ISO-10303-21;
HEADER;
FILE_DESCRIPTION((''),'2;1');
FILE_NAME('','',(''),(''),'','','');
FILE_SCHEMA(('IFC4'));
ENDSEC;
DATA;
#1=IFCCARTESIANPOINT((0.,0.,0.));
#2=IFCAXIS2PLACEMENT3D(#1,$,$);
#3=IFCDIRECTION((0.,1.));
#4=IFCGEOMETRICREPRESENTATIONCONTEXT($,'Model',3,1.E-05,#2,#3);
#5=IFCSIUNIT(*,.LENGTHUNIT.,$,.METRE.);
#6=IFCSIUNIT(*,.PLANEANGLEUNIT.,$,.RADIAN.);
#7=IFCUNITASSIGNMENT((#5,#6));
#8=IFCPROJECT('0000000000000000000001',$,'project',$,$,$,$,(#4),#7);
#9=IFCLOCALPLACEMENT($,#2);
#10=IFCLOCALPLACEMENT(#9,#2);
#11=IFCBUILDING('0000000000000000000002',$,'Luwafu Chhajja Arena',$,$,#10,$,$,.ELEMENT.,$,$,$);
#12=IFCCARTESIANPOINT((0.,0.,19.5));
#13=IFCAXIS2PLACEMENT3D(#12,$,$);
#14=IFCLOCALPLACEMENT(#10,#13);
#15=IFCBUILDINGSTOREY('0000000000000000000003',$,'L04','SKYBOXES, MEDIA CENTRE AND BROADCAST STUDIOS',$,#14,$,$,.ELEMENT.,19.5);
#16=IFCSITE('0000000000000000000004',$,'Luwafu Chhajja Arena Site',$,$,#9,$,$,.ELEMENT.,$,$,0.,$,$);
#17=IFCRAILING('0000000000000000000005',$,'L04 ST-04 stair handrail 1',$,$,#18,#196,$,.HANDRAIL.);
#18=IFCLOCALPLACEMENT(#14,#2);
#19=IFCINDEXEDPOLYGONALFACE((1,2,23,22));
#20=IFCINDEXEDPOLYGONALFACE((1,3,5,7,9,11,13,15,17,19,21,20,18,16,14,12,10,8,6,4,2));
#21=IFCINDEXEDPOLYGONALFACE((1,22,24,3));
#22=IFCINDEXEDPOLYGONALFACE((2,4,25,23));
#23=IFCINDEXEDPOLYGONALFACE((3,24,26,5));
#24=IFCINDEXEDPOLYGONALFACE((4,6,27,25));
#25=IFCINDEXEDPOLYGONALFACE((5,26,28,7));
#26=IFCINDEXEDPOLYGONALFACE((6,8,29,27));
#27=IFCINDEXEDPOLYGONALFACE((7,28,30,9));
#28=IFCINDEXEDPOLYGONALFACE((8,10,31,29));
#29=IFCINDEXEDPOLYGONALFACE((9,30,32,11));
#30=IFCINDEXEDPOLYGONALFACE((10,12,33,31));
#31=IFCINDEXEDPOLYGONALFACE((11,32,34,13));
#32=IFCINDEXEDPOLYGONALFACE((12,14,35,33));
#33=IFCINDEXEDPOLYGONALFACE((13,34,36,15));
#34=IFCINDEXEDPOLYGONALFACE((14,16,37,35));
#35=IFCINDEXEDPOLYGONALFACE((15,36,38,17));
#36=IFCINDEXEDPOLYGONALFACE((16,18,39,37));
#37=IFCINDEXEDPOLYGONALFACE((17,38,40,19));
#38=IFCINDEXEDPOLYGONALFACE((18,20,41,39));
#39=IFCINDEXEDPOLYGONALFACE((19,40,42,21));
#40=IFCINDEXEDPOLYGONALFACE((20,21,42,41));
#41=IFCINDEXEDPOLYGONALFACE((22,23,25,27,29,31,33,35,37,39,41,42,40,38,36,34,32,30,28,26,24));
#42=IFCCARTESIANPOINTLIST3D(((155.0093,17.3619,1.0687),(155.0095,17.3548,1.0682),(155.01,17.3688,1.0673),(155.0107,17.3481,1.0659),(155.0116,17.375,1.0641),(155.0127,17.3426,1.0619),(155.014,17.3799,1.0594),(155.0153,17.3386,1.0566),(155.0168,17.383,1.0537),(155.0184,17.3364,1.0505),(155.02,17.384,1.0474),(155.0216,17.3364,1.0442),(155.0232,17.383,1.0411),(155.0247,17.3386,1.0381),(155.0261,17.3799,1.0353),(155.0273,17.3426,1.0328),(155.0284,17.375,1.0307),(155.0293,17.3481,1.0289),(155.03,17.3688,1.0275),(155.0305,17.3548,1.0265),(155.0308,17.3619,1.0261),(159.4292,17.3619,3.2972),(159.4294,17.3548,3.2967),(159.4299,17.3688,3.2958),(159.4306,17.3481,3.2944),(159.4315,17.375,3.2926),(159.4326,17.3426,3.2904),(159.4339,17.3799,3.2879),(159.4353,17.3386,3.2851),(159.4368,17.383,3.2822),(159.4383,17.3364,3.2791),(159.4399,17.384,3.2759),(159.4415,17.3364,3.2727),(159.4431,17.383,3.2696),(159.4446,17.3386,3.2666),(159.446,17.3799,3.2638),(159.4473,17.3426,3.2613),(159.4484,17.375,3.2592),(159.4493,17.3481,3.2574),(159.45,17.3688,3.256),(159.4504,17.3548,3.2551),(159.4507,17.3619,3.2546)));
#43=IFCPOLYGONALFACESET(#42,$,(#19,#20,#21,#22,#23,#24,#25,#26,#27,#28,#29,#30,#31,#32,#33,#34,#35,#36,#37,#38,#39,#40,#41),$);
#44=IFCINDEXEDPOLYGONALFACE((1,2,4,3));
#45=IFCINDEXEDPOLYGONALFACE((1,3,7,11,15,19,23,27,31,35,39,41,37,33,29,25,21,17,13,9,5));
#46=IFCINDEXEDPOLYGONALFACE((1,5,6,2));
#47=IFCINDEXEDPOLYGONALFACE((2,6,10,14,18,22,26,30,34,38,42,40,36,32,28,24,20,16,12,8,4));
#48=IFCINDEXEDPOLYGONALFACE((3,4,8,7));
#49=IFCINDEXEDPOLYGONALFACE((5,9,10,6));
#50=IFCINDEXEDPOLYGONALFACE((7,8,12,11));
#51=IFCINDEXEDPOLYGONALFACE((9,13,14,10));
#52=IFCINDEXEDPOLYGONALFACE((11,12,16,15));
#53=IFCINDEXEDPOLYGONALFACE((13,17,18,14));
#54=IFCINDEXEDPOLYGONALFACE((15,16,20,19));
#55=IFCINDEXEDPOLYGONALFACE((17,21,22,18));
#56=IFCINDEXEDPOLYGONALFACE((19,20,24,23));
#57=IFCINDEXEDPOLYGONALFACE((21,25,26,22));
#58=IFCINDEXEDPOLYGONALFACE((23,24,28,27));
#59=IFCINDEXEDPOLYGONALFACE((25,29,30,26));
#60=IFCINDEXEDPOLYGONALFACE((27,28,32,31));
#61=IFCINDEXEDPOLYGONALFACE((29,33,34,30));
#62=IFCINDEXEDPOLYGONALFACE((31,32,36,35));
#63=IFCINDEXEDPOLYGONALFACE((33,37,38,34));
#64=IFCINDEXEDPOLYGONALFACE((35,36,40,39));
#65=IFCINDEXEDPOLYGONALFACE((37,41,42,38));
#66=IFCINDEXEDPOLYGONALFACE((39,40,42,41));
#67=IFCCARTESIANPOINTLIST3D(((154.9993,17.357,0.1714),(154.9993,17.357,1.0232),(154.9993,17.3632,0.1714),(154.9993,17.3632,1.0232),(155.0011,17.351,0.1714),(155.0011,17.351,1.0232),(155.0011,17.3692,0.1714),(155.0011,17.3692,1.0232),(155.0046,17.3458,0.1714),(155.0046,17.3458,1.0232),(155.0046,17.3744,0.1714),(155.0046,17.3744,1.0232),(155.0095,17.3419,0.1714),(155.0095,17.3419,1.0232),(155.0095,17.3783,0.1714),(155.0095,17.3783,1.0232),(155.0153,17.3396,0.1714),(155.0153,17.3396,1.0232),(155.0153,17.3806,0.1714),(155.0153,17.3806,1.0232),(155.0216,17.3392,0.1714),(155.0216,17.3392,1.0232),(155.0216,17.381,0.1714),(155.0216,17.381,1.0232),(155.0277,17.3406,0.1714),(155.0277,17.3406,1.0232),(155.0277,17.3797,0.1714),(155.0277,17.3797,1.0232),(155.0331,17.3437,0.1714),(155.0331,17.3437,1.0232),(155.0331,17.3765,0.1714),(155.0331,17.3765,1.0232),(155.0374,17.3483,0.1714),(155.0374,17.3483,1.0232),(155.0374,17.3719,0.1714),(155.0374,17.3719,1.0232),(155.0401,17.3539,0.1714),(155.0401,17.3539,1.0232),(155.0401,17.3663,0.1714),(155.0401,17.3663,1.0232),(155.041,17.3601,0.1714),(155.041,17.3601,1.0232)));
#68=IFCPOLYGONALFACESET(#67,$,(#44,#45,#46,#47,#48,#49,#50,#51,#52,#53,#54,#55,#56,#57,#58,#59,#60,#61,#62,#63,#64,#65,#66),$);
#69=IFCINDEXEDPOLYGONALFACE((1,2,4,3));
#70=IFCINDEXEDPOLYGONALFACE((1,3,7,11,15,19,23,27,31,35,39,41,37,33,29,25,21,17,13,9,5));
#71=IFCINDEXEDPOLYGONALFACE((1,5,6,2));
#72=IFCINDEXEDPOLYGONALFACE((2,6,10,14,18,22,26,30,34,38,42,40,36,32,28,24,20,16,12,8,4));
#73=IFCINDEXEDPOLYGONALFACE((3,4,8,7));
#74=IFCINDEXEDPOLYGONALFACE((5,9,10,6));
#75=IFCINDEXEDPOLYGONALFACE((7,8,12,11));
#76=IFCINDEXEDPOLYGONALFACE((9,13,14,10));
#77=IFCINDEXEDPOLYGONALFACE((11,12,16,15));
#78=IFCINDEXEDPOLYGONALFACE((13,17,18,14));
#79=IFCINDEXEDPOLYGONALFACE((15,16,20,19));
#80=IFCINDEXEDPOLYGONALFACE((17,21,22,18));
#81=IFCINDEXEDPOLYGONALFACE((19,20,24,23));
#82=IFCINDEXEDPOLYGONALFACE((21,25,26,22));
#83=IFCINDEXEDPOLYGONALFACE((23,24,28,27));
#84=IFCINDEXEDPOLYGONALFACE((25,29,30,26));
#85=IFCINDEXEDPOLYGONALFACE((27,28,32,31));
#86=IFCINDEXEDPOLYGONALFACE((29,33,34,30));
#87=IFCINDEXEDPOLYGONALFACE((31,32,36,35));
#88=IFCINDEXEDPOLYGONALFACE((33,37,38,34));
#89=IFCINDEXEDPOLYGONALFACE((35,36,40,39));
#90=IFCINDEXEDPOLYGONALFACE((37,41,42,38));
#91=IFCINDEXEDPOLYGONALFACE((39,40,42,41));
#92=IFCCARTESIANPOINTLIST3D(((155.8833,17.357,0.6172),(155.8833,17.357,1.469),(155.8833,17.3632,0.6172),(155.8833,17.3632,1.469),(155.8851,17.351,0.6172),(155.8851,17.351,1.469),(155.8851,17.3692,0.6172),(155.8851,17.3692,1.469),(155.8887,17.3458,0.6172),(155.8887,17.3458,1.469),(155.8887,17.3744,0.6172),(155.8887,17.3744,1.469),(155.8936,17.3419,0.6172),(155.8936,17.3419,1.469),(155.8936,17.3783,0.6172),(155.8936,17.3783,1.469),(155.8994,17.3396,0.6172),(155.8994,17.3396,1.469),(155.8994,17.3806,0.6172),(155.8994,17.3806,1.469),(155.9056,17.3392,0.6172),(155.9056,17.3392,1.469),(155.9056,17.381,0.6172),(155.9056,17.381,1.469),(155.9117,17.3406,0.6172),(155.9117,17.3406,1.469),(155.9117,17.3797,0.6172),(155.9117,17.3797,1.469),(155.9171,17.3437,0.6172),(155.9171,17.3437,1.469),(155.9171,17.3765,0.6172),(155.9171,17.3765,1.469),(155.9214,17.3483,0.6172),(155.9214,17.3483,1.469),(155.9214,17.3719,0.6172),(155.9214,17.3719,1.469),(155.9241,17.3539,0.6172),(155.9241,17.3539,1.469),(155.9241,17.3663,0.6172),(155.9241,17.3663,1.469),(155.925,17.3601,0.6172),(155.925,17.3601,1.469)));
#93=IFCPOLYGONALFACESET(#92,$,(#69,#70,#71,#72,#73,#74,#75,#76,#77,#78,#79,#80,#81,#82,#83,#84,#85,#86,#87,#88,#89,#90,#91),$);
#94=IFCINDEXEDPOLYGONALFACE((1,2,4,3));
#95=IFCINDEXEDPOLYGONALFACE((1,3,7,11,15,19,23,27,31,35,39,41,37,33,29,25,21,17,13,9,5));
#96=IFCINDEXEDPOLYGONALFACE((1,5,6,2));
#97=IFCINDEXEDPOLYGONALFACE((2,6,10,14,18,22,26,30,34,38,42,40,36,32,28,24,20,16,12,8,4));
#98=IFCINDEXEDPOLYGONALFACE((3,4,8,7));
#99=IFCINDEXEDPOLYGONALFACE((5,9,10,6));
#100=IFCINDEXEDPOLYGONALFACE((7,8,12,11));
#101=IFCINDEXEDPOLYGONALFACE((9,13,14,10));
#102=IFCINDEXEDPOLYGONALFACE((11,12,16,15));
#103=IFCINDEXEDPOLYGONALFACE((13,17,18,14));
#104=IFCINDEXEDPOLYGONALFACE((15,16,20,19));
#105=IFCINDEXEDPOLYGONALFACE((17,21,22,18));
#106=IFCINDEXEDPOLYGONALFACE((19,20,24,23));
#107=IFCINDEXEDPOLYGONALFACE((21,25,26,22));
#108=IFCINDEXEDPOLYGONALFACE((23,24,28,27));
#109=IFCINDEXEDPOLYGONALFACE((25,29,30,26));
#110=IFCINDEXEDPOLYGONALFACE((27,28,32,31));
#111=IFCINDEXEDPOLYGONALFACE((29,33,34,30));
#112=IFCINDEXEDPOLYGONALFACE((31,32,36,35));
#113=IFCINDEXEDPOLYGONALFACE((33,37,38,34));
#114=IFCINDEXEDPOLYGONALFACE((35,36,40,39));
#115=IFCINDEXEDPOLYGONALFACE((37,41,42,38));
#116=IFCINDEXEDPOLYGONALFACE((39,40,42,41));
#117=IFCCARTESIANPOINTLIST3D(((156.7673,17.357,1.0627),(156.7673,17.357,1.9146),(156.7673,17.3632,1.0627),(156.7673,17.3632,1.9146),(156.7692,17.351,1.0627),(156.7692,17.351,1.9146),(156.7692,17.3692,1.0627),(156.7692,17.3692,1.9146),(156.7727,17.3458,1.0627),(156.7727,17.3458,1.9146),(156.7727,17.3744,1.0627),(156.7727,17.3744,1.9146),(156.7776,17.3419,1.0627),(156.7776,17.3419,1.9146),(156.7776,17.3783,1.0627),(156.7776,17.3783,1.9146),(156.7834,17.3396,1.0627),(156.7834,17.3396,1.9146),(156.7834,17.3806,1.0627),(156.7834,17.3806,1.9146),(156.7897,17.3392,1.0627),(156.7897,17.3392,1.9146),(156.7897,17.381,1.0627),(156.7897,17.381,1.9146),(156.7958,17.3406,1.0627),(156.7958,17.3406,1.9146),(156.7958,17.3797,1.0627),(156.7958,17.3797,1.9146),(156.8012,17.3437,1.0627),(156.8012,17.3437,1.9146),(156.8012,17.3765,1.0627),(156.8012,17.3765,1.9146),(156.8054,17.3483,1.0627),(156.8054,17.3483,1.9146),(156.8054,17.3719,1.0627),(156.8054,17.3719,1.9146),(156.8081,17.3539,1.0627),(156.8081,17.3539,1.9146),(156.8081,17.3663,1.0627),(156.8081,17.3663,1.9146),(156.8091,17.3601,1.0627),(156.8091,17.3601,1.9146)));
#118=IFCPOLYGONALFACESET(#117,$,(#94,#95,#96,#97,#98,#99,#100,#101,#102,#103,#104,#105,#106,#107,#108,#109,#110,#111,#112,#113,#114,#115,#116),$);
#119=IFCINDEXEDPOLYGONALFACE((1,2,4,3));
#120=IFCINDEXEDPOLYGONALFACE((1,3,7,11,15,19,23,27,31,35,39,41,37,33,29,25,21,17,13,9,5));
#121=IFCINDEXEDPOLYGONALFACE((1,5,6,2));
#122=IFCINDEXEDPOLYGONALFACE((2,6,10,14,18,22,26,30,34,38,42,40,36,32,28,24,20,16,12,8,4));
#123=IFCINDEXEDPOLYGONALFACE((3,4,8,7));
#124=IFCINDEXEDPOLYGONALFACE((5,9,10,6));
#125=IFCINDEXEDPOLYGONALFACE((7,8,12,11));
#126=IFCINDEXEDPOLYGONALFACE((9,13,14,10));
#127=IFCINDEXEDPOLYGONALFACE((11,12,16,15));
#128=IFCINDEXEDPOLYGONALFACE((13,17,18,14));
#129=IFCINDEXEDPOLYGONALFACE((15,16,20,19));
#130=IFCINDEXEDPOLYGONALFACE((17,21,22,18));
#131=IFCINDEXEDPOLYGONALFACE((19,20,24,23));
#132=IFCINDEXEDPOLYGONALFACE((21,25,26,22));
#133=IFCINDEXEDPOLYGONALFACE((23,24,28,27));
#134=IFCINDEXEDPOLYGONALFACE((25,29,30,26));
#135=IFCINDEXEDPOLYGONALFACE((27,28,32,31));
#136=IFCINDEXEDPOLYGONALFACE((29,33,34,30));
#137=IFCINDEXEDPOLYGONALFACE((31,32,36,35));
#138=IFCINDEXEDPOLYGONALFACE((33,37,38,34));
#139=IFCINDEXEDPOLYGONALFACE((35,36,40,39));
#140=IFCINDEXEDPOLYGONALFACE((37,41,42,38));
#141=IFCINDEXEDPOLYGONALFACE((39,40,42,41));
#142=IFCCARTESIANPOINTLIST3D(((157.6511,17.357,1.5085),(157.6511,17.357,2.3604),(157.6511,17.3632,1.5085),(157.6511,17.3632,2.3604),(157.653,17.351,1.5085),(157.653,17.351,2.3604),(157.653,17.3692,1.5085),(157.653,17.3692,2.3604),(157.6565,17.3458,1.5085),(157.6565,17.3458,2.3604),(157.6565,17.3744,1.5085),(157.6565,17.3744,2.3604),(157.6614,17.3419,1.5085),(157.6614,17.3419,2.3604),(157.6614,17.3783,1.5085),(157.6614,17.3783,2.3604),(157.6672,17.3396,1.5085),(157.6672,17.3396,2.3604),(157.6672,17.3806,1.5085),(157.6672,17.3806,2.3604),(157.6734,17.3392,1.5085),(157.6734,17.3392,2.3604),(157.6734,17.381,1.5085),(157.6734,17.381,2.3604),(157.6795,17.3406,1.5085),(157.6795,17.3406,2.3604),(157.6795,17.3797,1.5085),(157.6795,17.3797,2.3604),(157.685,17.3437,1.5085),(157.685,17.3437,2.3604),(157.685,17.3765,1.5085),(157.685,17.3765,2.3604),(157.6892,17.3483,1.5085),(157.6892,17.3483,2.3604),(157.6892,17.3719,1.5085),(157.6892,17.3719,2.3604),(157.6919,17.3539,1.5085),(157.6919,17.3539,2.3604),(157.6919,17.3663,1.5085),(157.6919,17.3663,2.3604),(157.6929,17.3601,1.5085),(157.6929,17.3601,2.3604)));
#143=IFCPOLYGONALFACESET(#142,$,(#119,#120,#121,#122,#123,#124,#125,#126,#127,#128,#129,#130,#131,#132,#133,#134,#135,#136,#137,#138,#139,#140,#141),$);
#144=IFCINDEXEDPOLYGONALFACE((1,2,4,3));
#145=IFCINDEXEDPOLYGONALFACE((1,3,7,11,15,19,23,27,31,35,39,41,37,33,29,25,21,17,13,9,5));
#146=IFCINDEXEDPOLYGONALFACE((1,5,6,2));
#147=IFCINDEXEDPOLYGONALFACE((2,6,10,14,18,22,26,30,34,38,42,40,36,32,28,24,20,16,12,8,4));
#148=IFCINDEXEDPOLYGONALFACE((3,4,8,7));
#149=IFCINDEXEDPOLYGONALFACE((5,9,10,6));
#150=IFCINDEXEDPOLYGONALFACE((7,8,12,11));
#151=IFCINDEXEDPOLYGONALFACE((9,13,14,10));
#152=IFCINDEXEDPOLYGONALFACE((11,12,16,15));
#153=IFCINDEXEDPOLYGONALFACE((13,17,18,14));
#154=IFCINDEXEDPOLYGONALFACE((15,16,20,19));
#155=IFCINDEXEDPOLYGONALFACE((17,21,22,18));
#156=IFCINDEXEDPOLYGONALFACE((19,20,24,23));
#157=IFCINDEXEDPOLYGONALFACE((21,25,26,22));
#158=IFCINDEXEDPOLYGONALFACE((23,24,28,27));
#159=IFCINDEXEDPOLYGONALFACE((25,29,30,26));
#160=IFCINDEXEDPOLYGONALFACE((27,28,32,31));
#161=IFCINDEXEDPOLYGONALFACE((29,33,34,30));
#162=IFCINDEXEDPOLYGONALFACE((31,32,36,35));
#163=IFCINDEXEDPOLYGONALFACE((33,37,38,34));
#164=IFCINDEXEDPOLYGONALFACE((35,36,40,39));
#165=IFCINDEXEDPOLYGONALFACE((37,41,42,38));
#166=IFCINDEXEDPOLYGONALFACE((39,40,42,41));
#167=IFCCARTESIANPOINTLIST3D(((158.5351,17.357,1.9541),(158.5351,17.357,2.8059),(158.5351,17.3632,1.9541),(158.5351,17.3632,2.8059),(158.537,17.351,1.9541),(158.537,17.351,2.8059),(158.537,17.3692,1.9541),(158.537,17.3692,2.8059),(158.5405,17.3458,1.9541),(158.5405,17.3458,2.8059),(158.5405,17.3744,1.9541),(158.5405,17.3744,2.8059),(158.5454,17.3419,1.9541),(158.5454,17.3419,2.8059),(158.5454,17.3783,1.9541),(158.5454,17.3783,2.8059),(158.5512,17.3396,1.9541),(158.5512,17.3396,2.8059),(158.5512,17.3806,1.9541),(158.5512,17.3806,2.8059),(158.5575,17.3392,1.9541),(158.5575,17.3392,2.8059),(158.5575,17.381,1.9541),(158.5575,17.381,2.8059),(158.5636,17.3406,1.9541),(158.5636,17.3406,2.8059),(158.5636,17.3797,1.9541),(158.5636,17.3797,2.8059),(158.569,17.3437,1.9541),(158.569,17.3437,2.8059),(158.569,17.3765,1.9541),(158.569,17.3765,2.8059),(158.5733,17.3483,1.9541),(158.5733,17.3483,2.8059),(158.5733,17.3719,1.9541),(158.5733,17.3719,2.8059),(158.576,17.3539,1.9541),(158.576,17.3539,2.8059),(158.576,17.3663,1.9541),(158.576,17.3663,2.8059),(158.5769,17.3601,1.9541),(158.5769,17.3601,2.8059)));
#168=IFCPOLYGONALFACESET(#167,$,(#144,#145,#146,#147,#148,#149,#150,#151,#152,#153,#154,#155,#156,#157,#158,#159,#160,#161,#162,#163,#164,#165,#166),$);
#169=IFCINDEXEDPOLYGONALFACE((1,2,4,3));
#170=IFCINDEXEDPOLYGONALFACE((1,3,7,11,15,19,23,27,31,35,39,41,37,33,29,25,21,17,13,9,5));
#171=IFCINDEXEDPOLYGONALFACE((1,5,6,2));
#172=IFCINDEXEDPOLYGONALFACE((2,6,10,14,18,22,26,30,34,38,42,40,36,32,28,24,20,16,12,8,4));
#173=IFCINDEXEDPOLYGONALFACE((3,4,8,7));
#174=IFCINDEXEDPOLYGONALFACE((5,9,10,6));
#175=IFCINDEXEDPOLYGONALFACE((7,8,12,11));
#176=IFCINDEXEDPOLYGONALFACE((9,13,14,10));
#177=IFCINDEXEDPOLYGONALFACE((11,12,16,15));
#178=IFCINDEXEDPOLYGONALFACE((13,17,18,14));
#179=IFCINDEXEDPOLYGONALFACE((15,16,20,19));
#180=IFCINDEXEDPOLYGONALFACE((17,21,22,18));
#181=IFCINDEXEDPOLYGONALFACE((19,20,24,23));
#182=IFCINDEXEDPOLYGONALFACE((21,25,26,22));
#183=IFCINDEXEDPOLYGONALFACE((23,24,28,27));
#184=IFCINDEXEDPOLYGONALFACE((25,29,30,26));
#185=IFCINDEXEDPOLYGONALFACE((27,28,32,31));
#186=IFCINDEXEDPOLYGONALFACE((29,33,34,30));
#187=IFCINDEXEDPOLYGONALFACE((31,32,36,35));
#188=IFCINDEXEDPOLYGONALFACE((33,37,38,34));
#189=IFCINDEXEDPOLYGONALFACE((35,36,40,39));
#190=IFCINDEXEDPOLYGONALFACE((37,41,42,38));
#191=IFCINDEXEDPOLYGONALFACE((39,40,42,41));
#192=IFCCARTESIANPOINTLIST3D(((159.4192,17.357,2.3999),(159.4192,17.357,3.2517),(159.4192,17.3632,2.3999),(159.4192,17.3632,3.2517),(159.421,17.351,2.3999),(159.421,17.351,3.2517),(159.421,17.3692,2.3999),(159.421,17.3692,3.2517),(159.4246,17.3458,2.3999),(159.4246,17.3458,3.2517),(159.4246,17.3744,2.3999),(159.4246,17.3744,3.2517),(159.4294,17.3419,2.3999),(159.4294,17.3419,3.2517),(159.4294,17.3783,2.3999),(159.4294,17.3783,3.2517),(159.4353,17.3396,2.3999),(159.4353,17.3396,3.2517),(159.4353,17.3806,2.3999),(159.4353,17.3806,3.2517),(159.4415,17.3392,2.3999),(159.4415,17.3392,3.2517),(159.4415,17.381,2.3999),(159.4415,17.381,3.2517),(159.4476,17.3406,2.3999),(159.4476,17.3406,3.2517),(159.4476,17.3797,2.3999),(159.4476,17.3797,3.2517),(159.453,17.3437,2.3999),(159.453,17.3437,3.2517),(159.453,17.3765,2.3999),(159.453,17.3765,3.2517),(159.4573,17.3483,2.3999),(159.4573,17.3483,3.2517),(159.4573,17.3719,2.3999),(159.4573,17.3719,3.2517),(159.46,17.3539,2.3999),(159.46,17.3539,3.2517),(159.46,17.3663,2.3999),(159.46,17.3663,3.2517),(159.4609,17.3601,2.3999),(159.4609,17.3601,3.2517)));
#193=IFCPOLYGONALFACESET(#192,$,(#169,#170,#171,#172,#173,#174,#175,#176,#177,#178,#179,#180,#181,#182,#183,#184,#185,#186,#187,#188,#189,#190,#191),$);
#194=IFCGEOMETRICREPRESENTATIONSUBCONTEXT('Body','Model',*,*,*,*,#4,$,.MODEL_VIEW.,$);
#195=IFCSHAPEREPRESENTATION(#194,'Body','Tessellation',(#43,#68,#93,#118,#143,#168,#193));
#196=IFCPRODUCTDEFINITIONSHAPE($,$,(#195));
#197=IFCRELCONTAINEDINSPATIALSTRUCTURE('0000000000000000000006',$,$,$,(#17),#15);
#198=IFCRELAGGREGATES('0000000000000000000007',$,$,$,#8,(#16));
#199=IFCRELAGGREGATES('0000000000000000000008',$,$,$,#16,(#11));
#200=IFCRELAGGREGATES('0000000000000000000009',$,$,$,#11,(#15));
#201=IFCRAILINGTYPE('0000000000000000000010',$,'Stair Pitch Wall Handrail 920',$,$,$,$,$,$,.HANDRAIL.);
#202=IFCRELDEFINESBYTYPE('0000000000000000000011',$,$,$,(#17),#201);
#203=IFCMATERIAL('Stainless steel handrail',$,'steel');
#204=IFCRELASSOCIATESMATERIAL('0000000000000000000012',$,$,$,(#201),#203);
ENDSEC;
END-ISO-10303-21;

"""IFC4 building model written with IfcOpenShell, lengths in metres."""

from ifc_helpers import new_model, si_unit, direction, frame, origin, origin_2d, place, context, subcontext, project, spatial, circle, extrude, material, type_object, element, save


model = new_model("IFC4")

# Units and contexts
model_context = context("Model", 3, precision=1e-05, world=origin(), true_north=direction((0.0, 1.0)))
body_context = subcontext(model_context, "Body", "Model", "MODEL_VIEW")
ifc_project = project(units=[si_unit("LENGTHUNIT", "METRE"), si_unit("PLANEANGLEUNIT", "RADIAN")], contexts=[model_context])

# Site, building, storey
site_placement = place(None, origin())
site = spatial("IfcSite", under=ifc_project, at=site_placement, Name="Luwafu Chhajja Arena Site", CompositionType="ELEMENT", RefElevation=0.0)
building_placement = place(site_placement, origin())
building = spatial("IfcBuilding", under=site, at=building_placement, Name="Luwafu Chhajja Arena", CompositionType="ELEMENT")
storey_placement = place(building_placement, frame((0.0, 0.0, 19.5)))
storey = spatial("IfcBuildingStorey", under=building, at=storey_placement, Name="L04", Description="SKYBOXES, MEDIA CENTRE AND BROADCAST STUDIOS", CompositionType="ELEMENT", Elevation=19.5)

# Railing
ifc_material_1 = material(Name="Stainless steel handrail", Category="steel")
railing_type_1 = type_object("IfcRailingType", Name="Stair Pitch Wall Handrail 920", PredefinedType="HANDRAIL", material=ifc_material_1)
railing_1_placement = place(storey_placement, frame((155.02, 17.3601, 0.1714)))
element("IfcRailing", 1, at=railing_1_placement, inside=storey, type_object=railing_type_1, Name="L04 ST-04 stair handrail 1", PredefinedType="HANDRAIL", context=body_context, shape_type="SweptSolid", body=[
    extrude(circle(Radius=0.0239, at=origin_2d()), frame((0.0, 0.0, 0.876), z_axis=(0.892923, 0.0, 0.45021), x_axis=(0.0, 1.0, 0.0)), (0.0, 0.0, 1.0), 4.95),
    extrude(circle(Radius=0.021, at=origin_2d()), origin(), (0.0, 0.0, 1.0), 0.8518),
    extrude(circle(Radius=0.021, at=origin_2d()), frame((0.884, 0.0, 0.4458)), (0.0, 0.0, 1.0), 0.8518),
    extrude(circle(Radius=0.021, at=origin_2d()), frame((1.7681, 0.0, 0.8914)), (0.0, 0.0, 1.0), 0.8518),
    extrude(circle(Radius=0.021, at=origin_2d()), frame((2.6519, 0.0, 1.3372)), (0.0, 0.0, 1.0), 0.8518),
    extrude(circle(Radius=0.021, at=origin_2d()), frame((3.5359, 0.0, 1.7827)), (0.0, 0.0, 1.0), 0.8518),
    extrude(circle(Radius=0.021, at=origin_2d()), frame((4.4199, 0.0, 2.2285)), (0.0, 0.0, 1.0), 0.8518),
])

save(model, "model.ifc")
